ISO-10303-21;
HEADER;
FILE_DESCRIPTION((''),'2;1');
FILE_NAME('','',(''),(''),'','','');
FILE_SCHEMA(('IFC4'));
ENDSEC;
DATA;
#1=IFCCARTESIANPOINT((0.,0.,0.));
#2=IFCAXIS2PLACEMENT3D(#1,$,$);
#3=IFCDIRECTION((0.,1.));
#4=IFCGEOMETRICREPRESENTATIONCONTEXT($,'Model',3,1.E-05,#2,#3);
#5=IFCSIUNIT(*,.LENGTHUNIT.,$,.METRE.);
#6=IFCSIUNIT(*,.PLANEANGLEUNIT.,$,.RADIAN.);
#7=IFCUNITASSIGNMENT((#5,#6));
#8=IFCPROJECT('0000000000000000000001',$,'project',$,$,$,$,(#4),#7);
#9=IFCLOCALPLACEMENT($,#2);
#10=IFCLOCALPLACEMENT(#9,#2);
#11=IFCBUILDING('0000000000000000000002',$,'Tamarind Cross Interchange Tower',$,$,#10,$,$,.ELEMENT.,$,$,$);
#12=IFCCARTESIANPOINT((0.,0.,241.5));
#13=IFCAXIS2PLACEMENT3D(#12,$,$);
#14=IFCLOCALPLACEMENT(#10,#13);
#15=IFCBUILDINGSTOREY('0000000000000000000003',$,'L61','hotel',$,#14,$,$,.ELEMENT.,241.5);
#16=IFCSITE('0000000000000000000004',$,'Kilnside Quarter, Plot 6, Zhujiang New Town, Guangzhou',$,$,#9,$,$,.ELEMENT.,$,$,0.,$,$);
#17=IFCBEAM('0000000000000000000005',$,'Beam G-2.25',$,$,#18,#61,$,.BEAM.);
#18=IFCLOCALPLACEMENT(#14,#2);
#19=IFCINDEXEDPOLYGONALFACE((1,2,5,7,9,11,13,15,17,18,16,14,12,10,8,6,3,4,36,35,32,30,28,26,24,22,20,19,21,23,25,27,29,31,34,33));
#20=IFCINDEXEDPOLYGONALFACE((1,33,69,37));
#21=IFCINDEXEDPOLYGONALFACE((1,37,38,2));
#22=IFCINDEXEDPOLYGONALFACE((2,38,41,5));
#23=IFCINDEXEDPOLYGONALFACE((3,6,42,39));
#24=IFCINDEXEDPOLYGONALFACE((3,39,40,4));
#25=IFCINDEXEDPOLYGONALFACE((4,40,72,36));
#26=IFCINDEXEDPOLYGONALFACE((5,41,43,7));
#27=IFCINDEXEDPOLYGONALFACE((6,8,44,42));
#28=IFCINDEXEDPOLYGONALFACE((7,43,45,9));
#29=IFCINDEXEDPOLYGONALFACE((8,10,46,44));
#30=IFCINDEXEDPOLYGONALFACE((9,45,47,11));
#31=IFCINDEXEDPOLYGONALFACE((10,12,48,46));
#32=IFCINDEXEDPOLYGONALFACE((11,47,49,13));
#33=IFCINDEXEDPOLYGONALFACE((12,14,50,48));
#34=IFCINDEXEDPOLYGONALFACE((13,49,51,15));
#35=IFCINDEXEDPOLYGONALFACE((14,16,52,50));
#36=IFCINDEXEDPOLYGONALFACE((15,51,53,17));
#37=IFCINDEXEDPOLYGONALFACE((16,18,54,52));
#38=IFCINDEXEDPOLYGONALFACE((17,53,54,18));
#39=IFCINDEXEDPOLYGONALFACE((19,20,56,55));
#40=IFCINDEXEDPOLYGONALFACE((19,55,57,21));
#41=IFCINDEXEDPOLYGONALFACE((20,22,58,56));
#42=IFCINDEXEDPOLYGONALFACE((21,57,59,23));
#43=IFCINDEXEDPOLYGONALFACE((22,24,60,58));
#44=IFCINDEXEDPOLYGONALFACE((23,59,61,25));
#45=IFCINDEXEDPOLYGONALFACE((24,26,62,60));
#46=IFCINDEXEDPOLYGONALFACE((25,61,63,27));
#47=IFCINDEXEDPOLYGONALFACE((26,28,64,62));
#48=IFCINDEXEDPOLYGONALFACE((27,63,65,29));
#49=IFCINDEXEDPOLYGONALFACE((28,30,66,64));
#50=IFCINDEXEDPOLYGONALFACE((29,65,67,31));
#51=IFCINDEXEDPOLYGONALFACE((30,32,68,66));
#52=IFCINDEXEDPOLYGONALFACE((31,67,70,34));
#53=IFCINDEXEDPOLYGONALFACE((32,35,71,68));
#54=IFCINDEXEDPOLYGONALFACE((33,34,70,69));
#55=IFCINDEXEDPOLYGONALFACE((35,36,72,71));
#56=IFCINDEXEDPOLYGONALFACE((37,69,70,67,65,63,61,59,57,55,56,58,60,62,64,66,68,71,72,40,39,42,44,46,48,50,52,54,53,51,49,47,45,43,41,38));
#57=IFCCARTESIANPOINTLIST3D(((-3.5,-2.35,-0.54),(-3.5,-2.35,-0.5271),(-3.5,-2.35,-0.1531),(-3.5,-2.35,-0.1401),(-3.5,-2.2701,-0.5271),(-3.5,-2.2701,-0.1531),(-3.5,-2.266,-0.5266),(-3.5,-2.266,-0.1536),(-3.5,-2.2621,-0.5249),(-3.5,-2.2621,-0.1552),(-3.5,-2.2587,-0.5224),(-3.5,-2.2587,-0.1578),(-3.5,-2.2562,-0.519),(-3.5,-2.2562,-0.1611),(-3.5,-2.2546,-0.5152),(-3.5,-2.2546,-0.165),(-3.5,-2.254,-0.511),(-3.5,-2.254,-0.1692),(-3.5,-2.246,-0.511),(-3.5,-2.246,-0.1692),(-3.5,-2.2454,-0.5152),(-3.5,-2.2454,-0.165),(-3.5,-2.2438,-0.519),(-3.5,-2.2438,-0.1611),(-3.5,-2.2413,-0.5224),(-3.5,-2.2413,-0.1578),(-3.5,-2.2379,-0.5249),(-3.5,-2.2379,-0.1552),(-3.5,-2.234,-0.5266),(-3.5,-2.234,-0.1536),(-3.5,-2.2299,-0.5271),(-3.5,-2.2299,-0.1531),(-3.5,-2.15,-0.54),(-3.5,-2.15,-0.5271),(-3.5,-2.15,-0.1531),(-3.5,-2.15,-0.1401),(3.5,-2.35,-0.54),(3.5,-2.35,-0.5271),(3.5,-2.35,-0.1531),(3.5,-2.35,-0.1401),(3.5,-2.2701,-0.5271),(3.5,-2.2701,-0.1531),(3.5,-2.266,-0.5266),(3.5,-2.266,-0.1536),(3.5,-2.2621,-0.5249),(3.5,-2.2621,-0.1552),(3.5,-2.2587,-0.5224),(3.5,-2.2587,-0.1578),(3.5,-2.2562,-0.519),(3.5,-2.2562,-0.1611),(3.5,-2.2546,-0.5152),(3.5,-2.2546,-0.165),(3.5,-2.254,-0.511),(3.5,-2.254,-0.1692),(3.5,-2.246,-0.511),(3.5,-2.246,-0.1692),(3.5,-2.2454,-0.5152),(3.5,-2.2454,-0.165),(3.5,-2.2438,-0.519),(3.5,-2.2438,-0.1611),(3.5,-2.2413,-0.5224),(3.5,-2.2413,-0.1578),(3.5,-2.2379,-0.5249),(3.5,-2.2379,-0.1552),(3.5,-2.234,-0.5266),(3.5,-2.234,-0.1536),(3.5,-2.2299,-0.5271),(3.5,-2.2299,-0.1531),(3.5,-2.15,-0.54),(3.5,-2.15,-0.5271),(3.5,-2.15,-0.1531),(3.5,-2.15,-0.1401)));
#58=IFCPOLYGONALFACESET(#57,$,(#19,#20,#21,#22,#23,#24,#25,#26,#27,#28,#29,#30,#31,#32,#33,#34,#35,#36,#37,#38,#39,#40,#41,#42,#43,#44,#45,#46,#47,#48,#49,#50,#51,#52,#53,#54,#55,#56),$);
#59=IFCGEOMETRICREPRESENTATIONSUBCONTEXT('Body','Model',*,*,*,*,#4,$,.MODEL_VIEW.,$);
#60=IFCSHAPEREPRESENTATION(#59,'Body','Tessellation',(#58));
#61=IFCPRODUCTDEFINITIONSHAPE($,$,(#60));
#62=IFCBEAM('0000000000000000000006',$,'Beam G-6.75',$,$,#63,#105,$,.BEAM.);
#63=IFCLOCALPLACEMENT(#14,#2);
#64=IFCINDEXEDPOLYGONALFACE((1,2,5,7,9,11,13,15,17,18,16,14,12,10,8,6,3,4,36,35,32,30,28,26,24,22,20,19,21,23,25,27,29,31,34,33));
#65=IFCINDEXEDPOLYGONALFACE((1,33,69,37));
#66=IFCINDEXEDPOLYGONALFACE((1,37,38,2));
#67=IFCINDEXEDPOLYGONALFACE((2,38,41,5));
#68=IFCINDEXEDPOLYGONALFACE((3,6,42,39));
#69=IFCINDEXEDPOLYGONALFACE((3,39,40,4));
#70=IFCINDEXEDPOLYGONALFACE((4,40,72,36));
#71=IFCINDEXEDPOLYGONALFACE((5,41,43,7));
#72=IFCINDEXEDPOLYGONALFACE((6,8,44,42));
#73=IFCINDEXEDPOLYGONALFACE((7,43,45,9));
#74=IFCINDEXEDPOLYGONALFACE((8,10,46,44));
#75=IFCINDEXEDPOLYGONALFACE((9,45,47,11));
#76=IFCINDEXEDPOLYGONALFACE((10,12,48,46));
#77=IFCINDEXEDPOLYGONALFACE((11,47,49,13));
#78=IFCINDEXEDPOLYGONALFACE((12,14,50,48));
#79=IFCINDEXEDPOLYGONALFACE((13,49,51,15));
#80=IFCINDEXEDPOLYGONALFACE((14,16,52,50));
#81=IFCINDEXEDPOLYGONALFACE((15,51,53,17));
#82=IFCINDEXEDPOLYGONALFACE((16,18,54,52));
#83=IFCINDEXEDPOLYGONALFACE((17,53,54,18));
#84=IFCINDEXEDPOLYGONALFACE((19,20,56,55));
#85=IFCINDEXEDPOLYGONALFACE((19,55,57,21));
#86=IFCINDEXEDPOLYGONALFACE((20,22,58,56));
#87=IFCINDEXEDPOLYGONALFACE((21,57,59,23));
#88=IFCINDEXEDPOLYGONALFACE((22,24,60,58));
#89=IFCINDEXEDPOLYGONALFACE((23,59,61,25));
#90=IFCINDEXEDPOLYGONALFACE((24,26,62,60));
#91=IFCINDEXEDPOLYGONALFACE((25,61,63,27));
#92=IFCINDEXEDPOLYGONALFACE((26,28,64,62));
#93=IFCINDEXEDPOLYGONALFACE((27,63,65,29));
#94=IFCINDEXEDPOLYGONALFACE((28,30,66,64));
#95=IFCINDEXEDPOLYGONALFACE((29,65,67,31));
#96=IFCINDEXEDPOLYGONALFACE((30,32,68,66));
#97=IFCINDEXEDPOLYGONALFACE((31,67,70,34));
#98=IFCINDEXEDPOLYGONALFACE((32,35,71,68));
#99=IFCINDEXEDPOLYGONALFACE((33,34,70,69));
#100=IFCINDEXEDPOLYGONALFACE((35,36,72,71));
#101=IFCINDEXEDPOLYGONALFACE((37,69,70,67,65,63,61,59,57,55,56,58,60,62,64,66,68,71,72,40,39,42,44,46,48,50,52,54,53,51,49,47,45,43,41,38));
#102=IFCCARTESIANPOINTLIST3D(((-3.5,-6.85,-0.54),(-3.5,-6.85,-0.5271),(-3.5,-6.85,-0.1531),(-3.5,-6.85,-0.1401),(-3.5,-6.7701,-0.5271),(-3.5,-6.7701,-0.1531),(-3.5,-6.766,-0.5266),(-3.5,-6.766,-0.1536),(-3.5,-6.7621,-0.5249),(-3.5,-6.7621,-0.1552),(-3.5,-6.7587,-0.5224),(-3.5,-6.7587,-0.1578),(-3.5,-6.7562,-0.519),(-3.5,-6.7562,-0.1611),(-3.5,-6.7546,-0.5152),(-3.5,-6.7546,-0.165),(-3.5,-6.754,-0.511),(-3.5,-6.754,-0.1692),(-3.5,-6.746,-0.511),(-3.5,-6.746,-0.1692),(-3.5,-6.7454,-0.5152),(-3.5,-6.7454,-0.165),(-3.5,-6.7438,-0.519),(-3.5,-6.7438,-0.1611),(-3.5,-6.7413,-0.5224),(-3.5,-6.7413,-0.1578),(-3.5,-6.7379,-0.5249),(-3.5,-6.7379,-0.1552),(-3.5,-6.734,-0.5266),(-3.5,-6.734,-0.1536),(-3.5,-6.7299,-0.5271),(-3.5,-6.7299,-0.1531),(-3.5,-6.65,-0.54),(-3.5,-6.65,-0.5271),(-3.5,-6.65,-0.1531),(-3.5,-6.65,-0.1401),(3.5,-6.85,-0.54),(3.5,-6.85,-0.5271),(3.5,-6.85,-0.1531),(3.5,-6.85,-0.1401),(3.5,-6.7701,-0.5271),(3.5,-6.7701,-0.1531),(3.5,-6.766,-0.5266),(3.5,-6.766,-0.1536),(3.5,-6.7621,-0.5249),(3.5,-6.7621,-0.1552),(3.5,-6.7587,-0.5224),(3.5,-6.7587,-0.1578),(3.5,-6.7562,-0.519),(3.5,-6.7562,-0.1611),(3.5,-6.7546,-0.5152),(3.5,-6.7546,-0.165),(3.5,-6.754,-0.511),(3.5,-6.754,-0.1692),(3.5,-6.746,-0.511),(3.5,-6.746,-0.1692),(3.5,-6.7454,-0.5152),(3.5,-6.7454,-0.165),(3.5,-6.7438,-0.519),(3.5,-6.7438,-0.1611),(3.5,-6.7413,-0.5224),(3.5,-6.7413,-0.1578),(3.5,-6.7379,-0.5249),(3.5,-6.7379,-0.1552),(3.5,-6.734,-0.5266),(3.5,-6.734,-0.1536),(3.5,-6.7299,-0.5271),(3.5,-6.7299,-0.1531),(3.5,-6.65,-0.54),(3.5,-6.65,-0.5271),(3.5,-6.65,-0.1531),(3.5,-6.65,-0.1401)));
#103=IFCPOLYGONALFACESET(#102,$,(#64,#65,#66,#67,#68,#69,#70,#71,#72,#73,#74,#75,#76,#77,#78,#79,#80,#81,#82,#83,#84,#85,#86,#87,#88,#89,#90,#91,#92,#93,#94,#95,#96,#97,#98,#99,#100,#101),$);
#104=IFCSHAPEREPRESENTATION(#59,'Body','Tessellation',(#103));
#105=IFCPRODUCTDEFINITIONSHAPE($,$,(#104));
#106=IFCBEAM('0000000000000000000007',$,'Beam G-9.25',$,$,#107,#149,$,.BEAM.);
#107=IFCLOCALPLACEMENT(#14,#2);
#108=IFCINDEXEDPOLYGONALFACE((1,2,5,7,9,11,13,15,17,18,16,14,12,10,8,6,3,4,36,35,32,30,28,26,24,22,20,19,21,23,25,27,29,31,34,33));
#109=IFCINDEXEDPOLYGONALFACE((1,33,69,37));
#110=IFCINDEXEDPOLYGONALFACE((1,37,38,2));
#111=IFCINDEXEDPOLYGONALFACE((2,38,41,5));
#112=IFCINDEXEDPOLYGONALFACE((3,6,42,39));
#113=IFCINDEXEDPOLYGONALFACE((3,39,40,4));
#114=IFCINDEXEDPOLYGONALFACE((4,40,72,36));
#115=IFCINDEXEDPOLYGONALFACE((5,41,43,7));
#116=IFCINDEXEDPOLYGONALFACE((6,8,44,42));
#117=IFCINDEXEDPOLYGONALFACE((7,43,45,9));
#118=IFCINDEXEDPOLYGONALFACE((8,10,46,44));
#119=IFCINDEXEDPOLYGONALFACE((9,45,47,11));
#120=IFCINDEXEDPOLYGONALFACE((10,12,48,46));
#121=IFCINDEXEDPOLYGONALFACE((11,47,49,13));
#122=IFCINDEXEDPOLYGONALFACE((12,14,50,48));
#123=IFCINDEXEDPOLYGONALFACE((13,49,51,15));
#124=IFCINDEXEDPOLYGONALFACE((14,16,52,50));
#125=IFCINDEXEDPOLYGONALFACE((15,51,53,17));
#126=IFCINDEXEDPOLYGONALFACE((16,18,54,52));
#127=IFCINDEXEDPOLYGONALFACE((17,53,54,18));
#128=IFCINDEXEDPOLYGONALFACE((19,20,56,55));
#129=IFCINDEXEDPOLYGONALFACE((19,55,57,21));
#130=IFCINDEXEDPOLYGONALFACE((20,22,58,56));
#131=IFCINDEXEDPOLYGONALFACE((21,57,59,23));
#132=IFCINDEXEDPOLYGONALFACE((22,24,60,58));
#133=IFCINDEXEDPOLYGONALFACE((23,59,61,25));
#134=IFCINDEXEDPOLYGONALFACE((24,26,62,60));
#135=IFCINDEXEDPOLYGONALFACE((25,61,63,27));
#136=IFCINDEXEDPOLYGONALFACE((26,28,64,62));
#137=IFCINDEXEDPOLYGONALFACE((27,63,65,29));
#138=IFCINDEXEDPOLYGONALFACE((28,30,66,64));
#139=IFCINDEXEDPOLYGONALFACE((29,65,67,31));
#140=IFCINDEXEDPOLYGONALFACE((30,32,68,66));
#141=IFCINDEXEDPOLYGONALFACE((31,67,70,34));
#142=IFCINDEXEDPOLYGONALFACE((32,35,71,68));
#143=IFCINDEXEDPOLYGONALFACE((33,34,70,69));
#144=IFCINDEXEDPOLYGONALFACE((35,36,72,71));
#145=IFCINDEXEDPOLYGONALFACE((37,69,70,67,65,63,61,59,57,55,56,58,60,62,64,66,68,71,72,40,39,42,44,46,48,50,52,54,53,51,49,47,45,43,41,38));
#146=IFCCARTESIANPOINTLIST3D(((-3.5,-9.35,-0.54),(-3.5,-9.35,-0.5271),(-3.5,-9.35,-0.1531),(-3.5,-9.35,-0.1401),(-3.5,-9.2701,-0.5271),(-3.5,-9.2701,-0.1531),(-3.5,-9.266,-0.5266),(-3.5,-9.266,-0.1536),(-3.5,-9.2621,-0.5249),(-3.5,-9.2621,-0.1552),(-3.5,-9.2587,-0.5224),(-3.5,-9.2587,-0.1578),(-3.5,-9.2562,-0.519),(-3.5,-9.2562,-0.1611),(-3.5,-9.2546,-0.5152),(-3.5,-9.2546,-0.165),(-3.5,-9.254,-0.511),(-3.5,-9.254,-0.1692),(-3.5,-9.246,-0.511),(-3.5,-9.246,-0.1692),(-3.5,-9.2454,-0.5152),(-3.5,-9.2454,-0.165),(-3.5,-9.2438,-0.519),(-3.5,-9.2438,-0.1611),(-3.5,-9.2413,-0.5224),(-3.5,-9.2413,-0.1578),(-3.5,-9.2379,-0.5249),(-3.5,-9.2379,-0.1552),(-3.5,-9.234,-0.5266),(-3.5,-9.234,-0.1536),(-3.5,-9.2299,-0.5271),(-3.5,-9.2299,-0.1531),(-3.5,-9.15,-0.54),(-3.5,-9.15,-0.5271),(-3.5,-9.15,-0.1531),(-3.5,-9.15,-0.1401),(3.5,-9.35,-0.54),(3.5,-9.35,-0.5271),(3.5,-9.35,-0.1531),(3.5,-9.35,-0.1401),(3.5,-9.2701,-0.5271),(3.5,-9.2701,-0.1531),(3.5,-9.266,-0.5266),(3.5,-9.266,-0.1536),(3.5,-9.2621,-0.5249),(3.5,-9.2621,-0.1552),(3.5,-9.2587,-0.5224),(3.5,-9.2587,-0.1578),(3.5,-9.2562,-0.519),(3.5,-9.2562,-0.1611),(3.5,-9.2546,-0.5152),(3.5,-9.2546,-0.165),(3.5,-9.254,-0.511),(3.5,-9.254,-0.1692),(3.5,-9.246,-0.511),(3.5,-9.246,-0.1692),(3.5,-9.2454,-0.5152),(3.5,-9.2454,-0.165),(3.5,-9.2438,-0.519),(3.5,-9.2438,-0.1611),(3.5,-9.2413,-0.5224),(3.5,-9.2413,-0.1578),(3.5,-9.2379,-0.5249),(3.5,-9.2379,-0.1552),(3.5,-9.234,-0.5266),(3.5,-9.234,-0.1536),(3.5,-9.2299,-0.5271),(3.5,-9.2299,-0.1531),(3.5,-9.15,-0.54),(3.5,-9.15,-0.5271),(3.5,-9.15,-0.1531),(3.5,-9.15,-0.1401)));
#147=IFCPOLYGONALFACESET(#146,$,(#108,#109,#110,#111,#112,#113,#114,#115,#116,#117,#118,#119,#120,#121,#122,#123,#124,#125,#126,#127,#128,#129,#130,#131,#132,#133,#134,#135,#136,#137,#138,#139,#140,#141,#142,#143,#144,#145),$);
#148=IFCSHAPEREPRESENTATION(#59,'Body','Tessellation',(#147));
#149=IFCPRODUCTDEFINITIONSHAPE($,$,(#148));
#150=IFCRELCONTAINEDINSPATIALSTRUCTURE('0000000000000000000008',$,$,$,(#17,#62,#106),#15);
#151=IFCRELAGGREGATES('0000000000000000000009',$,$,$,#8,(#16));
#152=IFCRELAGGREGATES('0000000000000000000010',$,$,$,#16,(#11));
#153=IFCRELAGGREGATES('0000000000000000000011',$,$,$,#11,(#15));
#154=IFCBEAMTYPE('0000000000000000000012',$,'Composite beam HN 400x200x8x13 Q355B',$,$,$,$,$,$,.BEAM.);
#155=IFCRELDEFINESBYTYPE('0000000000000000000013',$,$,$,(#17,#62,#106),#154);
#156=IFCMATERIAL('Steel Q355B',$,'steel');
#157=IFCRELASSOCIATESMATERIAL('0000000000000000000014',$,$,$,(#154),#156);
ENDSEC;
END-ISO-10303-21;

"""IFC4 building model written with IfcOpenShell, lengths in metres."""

from ifc_helpers import new_model, si_unit, direction, frame, origin, origin_2d, place, context, subcontext, project, spatial, i_section, extrude, material, material_profile, profile_set, type_object, element, save


model = new_model("IFC4")

# Units and contexts
model_context = context("Model", 3, precision=1e-05, world=origin(), true_north=direction((0.0, 1.0)))
body_context = subcontext(model_context, "Body", "Model", "MODEL_VIEW")
ifc_project = project(units=[si_unit("LENGTHUNIT", "METRE"), si_unit("PLANEANGLEUNIT", "RADIAN")], contexts=[model_context])

# Site, building, storey
site_placement = place(None, origin())
site = spatial("IfcSite", under=ifc_project, at=site_placement, Name="Kilnside Quarter, Plot 6, Zhujiang New Town, Guangzhou", CompositionType="ELEMENT", RefElevation=0.0)
building_placement = place(site_placement, origin())
building = spatial("IfcBuilding", under=site, at=building_placement, Name="Tamarind Cross Interchange Tower", CompositionType="ELEMENT")
storey_placement = place(building_placement, frame((0.0, 0.0, 241.5)))
storey = spatial("IfcBuildingStorey", under=building, at=storey_placement, Name="L61", Description="hotel", CompositionType="ELEMENT", Elevation=241.5)

# Beams
ifc_material_1 = material(Name="Steel Q355B", Category="steel")
ifc_material_profile = material_profile(ifc_material_1, i_section(OverallWidth=0.2, OverallDepth=0.3999, WebThickness=0.0081, FlangeThickness=0.0129, FilletRadius=0.0161, at=origin_2d()), Name="HN 400x200x8x13")
ifc_profile_set = profile_set([ifc_material_profile], Name="Steel Q355B")
beam_type = type_object("IfcBeamType", Name="Composite beam HN 400x200x8x13 Q355B", PredefinedType="BEAM", material=ifc_profile_set)
for number, where, z_axis, x_axis, name in (
    (1, (-3.5, -2.25, -0.3401), (1.0, 0.0, 0.0), (0.0, 1.0, 0.0), "Beam G-2.25"),
    (2, (-3.5, -6.75, -0.3401), (1.0, 0.0, 0.0), (0.0, 1.0, 0.0), "Beam G-6.75"),
    (3, (-3.5, -9.25, -0.3401), (1.0, 0.0, 0.0), (0.0, 1.0, 0.0), "Beam G-9.25"),
):
    element("IfcBeam", number, at=place(storey_placement, frame(where, z_axis=z_axis, x_axis=x_axis)), inside=storey, type_object=beam_type, Name=name, PredefinedType="BEAM", context=body_context, shape_type="SweptSolid", body=[
        extrude(i_section(OverallWidth=0.2, OverallDepth=0.3999, WebThickness=0.0081, FlangeThickness=0.0129, FilletRadius=0.0161, at=origin_2d()), origin(), (0.0, 0.0, 1.0), 7.0),
    ])

save(model, "model.ifc")
